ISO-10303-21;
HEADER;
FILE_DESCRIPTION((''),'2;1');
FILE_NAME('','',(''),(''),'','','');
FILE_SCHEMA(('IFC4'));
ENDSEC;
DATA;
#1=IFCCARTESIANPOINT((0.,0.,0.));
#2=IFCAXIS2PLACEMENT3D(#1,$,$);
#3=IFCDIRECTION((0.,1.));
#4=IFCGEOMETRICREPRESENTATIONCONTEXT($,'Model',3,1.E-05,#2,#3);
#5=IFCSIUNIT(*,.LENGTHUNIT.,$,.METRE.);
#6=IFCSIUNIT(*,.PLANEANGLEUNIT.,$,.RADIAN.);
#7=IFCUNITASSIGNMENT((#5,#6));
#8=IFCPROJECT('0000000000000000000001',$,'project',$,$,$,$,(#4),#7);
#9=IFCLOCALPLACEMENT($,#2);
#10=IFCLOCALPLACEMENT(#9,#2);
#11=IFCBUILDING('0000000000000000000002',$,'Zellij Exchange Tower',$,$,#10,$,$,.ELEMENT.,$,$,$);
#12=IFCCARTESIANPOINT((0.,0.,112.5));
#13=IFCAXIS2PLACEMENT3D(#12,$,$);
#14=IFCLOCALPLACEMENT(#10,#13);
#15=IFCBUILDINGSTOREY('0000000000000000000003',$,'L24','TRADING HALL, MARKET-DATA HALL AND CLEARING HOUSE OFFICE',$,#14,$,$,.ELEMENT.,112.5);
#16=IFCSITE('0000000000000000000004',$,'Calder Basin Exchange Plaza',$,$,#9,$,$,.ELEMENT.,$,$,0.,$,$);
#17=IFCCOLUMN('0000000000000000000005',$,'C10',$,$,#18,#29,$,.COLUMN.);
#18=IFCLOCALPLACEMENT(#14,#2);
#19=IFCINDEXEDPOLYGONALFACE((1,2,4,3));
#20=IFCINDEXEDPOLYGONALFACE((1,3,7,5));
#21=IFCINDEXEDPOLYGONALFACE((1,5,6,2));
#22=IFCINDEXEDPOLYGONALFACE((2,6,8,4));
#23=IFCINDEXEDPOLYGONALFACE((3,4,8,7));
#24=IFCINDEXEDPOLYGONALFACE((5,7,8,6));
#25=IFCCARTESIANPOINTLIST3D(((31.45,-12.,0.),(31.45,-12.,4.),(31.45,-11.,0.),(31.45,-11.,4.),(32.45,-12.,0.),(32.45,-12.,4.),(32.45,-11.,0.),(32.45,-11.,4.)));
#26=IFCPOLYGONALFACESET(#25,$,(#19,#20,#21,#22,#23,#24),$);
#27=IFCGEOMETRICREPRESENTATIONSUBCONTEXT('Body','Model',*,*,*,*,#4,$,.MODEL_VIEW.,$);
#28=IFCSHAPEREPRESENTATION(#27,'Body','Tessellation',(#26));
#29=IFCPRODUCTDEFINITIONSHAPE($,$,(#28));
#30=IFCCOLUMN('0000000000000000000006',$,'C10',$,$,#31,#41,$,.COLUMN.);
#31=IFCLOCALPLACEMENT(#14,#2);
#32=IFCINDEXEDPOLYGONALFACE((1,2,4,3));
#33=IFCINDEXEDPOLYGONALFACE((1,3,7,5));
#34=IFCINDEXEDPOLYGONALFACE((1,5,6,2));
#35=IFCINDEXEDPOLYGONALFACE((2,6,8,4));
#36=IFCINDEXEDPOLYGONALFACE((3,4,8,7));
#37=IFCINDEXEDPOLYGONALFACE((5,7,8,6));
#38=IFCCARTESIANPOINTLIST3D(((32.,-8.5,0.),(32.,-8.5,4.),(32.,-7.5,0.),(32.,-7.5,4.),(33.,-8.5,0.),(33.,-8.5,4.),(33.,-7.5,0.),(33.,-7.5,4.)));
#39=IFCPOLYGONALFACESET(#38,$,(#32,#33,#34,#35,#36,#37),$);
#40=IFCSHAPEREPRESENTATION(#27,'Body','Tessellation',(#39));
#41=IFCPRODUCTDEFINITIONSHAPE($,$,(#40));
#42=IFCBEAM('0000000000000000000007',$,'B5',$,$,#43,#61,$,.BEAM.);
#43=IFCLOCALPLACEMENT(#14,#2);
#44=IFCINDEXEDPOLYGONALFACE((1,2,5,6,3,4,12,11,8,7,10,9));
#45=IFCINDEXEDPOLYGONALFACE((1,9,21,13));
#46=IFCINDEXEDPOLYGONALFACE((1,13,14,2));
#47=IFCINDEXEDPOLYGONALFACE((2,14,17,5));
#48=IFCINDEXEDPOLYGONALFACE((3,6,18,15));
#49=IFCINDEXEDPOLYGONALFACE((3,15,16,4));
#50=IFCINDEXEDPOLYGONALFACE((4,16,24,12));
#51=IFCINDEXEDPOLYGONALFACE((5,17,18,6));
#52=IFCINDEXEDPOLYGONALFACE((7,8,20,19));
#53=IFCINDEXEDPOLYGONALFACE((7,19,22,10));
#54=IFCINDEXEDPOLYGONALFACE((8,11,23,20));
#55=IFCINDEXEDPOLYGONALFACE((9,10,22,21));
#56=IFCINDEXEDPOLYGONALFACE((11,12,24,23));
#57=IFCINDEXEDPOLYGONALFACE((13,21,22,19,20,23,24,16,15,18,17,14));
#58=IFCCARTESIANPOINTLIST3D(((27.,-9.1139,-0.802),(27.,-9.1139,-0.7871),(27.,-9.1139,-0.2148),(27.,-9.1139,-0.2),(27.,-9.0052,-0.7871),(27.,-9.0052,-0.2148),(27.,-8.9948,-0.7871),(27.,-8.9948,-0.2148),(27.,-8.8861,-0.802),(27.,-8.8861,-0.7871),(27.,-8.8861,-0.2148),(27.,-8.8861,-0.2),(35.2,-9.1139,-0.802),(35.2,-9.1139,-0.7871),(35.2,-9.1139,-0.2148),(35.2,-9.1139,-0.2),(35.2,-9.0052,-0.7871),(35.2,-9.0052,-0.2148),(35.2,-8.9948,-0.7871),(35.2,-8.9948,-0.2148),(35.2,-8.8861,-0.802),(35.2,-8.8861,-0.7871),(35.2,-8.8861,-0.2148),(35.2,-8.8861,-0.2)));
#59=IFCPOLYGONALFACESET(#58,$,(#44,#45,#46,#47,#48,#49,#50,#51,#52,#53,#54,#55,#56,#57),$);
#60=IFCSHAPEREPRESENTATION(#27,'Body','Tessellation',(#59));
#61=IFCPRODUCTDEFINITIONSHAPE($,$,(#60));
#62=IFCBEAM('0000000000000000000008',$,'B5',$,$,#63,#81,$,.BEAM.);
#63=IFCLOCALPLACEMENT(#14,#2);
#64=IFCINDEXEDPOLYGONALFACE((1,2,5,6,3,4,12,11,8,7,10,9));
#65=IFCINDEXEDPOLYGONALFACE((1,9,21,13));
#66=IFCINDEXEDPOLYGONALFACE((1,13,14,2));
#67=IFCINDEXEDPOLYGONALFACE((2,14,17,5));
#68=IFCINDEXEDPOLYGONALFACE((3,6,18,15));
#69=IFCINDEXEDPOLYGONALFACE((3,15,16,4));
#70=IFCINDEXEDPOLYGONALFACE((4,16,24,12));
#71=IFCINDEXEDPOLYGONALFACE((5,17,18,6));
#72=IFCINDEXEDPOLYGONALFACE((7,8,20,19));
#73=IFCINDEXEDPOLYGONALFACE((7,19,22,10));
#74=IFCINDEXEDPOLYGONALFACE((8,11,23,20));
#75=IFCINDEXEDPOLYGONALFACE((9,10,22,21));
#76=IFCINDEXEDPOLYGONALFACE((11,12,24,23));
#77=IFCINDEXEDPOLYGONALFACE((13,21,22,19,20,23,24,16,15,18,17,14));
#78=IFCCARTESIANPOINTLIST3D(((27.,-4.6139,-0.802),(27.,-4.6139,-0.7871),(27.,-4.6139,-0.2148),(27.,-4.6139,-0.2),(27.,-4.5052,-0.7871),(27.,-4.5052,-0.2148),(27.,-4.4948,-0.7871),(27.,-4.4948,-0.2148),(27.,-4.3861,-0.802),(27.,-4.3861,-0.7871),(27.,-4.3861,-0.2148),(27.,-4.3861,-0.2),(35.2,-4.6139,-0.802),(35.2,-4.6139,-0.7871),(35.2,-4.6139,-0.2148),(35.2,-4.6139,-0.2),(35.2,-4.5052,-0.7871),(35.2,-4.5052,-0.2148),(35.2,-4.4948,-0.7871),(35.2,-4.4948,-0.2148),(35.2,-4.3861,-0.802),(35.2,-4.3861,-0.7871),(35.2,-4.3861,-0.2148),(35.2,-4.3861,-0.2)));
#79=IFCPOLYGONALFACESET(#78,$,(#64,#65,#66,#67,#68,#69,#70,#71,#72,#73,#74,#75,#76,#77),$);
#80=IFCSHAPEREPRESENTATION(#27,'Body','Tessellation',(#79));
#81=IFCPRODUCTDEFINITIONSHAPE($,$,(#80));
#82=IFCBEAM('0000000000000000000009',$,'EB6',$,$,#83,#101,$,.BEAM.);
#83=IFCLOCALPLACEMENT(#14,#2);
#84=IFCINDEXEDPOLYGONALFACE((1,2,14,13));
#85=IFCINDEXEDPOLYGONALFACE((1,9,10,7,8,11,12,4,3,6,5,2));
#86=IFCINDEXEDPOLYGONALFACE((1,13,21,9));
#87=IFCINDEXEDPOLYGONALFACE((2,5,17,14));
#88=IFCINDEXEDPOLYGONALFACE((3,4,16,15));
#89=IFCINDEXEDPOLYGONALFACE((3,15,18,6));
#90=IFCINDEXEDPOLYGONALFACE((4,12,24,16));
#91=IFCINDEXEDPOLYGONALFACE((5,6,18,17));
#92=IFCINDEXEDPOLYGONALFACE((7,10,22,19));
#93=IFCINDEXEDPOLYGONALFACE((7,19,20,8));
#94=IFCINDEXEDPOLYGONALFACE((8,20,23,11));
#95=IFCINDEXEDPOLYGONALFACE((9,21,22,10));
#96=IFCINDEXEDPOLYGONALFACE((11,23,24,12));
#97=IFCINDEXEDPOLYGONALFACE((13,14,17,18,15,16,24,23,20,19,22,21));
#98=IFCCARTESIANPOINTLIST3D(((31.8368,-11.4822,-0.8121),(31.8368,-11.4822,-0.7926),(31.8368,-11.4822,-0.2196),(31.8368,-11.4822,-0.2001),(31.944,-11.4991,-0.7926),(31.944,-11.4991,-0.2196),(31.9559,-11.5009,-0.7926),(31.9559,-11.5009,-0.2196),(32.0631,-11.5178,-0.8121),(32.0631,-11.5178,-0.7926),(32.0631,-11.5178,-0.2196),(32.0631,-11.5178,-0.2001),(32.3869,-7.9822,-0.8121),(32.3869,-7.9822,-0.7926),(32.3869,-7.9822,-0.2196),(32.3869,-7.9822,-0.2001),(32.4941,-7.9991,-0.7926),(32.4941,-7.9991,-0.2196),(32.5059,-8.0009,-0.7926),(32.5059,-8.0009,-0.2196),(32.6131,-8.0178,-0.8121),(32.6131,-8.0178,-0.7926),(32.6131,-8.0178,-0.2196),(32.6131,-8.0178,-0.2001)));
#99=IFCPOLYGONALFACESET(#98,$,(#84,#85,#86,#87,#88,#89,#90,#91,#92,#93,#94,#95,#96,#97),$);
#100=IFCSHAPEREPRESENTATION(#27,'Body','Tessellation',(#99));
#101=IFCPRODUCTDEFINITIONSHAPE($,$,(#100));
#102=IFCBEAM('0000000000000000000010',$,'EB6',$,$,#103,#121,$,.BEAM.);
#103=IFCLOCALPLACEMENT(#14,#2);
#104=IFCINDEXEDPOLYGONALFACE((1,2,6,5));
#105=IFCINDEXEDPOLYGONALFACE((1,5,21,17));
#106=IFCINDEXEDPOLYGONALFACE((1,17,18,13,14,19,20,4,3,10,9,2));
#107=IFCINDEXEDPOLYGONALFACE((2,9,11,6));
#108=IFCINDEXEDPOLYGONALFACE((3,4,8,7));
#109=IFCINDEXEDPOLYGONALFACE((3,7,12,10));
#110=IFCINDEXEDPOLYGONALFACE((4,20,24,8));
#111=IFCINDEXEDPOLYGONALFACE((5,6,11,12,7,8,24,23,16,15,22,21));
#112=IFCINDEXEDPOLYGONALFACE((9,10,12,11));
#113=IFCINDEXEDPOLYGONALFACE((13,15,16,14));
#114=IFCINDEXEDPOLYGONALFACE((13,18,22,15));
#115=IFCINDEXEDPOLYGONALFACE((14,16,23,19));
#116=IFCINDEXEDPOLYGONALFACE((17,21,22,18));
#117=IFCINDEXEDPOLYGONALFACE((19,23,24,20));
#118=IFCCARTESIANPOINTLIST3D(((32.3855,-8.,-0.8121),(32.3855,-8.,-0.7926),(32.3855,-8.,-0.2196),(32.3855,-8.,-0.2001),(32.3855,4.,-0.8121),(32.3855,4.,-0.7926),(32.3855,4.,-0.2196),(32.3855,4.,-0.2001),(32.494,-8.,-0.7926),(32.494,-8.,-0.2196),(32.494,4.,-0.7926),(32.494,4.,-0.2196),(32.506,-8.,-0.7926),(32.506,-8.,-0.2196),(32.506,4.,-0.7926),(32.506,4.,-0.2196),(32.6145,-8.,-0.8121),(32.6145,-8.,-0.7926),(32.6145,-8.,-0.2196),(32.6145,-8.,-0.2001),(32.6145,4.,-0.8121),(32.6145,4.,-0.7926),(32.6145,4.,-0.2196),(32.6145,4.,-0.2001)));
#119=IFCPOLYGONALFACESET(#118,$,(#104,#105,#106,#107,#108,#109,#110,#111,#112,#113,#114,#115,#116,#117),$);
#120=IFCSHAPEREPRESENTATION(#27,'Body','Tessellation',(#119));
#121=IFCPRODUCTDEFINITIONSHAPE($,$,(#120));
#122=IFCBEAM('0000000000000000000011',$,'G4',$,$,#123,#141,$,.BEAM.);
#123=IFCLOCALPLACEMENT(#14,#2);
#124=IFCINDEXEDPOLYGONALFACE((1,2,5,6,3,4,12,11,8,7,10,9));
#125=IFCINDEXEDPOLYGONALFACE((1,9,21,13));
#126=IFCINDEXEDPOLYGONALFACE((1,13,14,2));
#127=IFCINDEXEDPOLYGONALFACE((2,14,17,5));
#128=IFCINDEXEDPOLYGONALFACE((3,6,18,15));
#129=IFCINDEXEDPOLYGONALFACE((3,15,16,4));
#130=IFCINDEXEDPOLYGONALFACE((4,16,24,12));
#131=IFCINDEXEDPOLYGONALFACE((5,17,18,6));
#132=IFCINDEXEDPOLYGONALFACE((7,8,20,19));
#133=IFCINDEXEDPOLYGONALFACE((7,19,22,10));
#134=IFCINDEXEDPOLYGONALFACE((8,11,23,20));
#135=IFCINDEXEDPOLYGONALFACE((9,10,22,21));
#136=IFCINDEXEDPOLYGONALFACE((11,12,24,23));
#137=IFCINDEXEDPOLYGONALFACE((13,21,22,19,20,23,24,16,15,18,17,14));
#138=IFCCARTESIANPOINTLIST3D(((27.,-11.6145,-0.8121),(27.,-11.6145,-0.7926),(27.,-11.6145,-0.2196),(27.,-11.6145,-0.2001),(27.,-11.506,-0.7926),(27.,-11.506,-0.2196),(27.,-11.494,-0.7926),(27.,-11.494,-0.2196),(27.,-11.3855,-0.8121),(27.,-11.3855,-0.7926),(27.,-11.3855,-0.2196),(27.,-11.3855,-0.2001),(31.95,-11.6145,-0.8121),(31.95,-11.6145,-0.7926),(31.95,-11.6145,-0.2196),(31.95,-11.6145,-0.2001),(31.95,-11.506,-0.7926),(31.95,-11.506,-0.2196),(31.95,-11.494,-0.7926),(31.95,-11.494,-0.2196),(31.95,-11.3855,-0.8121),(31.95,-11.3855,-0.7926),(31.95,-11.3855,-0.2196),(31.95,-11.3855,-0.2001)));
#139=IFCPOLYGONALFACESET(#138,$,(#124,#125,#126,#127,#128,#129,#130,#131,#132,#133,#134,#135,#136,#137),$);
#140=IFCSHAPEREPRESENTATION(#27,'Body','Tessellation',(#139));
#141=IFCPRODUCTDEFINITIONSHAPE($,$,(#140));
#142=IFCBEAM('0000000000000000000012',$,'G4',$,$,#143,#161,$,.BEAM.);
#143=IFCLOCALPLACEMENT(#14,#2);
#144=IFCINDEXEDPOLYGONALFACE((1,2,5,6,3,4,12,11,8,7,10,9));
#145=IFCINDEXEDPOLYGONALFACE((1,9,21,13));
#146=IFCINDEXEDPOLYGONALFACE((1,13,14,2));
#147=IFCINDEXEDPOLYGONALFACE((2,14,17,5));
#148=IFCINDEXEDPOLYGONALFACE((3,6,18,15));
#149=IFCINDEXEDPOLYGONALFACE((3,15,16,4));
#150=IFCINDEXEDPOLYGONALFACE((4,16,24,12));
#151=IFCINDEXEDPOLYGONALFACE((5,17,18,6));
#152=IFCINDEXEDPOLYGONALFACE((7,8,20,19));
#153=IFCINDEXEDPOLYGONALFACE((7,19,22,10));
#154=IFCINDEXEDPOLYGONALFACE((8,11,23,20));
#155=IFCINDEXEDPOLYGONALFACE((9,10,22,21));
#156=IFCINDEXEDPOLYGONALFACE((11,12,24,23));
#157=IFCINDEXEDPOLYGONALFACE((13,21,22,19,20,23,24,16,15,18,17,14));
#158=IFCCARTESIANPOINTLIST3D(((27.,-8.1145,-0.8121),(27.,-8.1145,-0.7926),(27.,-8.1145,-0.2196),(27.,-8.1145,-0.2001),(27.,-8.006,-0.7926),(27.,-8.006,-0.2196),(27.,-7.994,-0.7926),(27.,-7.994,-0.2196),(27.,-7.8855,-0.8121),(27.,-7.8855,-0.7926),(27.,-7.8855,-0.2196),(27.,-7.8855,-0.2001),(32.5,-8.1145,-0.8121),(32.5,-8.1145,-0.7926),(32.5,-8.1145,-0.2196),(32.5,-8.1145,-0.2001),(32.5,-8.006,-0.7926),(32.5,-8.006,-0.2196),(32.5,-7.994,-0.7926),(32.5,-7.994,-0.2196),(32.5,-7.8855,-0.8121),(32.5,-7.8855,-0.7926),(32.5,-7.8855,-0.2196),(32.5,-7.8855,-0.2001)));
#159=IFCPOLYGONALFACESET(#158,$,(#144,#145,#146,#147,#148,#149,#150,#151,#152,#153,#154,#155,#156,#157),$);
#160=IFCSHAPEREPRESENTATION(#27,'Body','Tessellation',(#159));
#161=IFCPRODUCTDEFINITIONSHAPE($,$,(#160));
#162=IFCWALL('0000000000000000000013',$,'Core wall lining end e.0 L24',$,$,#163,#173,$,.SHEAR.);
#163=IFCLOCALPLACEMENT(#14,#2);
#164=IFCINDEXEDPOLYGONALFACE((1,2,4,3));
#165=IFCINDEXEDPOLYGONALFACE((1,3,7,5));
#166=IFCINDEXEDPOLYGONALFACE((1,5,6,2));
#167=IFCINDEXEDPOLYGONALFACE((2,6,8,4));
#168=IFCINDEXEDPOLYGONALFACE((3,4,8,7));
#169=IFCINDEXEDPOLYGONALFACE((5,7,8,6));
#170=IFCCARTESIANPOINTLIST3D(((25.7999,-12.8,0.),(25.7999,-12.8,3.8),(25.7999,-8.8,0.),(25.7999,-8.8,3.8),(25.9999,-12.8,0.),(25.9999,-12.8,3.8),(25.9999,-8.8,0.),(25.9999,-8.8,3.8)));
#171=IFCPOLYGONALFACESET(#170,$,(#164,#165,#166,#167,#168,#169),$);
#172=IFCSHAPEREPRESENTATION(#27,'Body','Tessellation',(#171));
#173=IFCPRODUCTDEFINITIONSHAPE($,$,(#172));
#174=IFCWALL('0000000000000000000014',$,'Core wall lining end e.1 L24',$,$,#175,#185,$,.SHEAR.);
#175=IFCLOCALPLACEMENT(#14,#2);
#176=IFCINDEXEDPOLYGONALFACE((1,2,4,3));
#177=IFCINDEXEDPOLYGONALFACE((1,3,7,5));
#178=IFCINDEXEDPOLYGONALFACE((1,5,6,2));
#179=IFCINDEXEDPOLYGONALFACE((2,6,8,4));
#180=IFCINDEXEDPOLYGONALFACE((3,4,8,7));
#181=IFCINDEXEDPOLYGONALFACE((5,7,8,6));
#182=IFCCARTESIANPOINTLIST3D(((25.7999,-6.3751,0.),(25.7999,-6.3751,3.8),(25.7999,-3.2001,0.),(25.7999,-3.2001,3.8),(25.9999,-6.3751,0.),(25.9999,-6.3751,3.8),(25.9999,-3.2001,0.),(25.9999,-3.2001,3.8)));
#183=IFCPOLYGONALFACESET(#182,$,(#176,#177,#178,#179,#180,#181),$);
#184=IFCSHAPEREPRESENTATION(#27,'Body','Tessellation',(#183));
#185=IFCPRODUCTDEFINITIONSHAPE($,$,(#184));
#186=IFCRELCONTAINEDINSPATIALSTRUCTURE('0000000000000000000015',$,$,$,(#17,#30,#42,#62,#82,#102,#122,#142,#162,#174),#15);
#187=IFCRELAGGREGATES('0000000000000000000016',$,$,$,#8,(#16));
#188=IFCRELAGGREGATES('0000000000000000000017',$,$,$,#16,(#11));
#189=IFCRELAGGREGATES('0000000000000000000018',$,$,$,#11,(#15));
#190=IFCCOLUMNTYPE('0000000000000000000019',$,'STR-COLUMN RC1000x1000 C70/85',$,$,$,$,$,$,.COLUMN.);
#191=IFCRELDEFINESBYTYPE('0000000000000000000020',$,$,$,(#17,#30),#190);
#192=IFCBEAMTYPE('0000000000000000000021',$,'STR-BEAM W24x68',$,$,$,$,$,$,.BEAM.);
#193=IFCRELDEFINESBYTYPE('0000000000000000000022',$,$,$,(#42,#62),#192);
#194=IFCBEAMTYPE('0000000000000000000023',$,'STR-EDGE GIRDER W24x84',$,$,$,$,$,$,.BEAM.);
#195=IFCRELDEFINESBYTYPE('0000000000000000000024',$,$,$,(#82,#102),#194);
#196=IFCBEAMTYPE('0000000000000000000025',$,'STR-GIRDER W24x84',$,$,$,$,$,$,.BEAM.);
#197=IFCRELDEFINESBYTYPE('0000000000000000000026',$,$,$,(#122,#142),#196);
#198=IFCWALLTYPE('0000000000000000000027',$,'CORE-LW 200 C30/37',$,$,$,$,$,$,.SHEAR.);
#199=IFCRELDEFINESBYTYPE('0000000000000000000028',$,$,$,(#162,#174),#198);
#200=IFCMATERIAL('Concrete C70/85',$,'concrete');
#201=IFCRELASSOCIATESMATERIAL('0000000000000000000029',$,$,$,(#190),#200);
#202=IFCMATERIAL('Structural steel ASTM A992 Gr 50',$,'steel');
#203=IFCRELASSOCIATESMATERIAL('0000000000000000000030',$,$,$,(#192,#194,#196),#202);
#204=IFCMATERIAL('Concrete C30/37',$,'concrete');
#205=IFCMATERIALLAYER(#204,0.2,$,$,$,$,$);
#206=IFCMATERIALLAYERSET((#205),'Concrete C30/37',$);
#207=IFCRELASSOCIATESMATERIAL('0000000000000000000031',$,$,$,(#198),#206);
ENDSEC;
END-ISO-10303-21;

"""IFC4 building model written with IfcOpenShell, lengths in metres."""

from ifc_helpers import new_model, si_unit, direction, frame, frame_2d, origin, origin_2d, place, context, subcontext, project, spatial, rectangle, i_section, extrude, material, layer, layer_set, material_profile, profile_set, type_object, element, save


model = new_model("IFC4")

# Units and contexts
model_context = context("Model", 3, precision=1e-05, world=origin(), true_north=direction((0.0, 1.0)))
body_context = subcontext(model_context, "Body", "Model", "MODEL_VIEW")
ifc_project = project(units=[si_unit("LENGTHUNIT", "METRE"), si_unit("PLANEANGLEUNIT", "RADIAN")], contexts=[model_context])

# Site, building, storey
site_placement = place(None, origin())
site = spatial("IfcSite", under=ifc_project, at=site_placement, Name="Calder Basin Exchange Plaza", CompositionType="ELEMENT", RefElevation=0.0)
building_placement = place(site_placement, origin())
building = spatial("IfcBuilding", under=site, at=building_placement, Name="Zellij Exchange Tower", CompositionType="ELEMENT")
storey_placement = place(building_placement, frame((0.0, 0.0, 112.5)))
storey = spatial("IfcBuildingStorey", under=building, at=storey_placement, Name="L24", Description="TRADING HALL, MARKET-DATA HALL AND CLEARING HOUSE OFFICE", CompositionType="ELEMENT", Elevation=112.5)

# Columns
ifc_material_1 = material(Name="Concrete C70/85", Category="concrete")
ifc_material_profile_1 = material_profile(ifc_material_1, rectangle(XDim=1.0, YDim=1.0, at=origin_2d()), Name="STR-COLUMN RC1000x1000 C70/85")
ifc_profile_set_1 = profile_set([ifc_material_profile_1], Name="Concrete C70/85")
column_type = type_object("IfcColumnType", Name="STR-COLUMN RC1000x1000 C70/85", PredefinedType="COLUMN", material=ifc_profile_set_1)
for number, where, z_axis, x_axis, name in (
    (1, (31.95, -11.5, 0.0), (0.0, 0.0, 1.0), (1.0, 0.0, 0.0), "C10"),
    (2, (32.5, -8.0, 0.0), (0.0, 0.0, 1.0), (1.0, 0.0, 0.0), "C10"),
):
    element("IfcColumn", number, at=place(storey_placement, frame(where, z_axis=z_axis, x_axis=x_axis)), inside=storey, type_object=column_type, Name=name, PredefinedType="COLUMN", context=body_context, shape_type="SweptSolid", body=[
        extrude(rectangle(XDim=1.0, YDim=1.0, at=origin_2d()), origin(), (0.0, 0.0, 1.0), 4.0),
    ])

# Beams
ifc_material_2 = material(Name="Structural steel ASTM A992 Gr 50", Category="steel")
ifc_material_profile_2 = material_profile(ifc_material_2, i_section(OverallWidth=0.2278, OverallDepth=0.6021, WebThickness=0.0105, FlangeThickness=0.0149, at=origin_2d()), Name="W24x68")
ifc_profile_set_2 = profile_set([ifc_material_profile_2], Name="Structural steel ASTM A992 Gr 50")
beam_type_1 = type_object("IfcBeamType", Name="STR-BEAM W24x68", PredefinedType="BEAM", material=ifc_profile_set_2)
for number, where, z_axis, x_axis, name in (
    (3, (27.0, -9.0, -0.501), (1.0, 0.0, 0.0), (0.0, 1.0, 0.0), "B5"),
    (4, (27.0, -4.5, -0.501), (1.0, 0.0, 0.0), (0.0, 1.0, 0.0), "B5"),
):
    element("IfcBeam", number, at=place(storey_placement, frame(where, z_axis=z_axis, x_axis=x_axis)), inside=storey, type_object=beam_type_1, Name=name, PredefinedType="BEAM", context=body_context, shape_type="SweptSolid", body=[
        extrude(i_section(OverallWidth=0.2278, OverallDepth=0.6021, WebThickness=0.0105, FlangeThickness=0.0149, at=origin_2d()), origin(), (0.0, 0.0, 1.0), 8.2),
    ])
ifc_material_profile_3 = material_profile(ifc_material_2, i_section(OverallWidth=0.229, OverallDepth=0.6121, WebThickness=0.012, FlangeThickness=0.0195, at=origin_2d()), Name="W24x84")
ifc_profile_set_3 = profile_set([ifc_material_profile_3], Name="Structural steel ASTM A992 Gr 50")
beam_type_2 = type_object("IfcBeamType", Name="STR-EDGE GIRDER W24x84", PredefinedType="BEAM", material=ifc_profile_set_3)
beam_1_placement = place(storey_placement, frame((31.95, -11.5, -0.5061), z_axis=(0.155251, 0.987875, 0.0), x_axis=(-0.987875, 0.155251, 0.0)))
element("IfcBeam", 5, at=beam_1_placement, inside=storey, type_object=beam_type_2, Name="EB6", PredefinedType="BEAM", context=body_context, shape_type="SweptSolid", body=[
    extrude(i_section(OverallWidth=0.229, OverallDepth=0.6121, WebThickness=0.012, FlangeThickness=0.0195, at=origin_2d()), origin(), (0.0, 0.0, 1.0), 3.543),
])
beam_2_placement = place(storey_placement, frame((32.5, -8.0, -0.5061), z_axis=(0.0, 1.0, 0.0), x_axis=(-1.0, 0.0, 0.0)))
element("IfcBeam", 6, at=beam_2_placement, inside=storey, type_object=beam_type_2, Name="EB6", PredefinedType="BEAM", context=body_context, shape_type="SweptSolid", body=[
    extrude(i_section(OverallWidth=0.229, OverallDepth=0.6121, WebThickness=0.012, FlangeThickness=0.0195, at=origin_2d()), origin(), (0.0, 0.0, 1.0), 12.0),
])
ifc_material_profile_4 = material_profile(ifc_material_2, i_section(OverallWidth=0.229, OverallDepth=0.6121, WebThickness=0.012, FlangeThickness=0.0195, at=origin_2d()), Name="W24x84")
ifc_profile_set_4 = profile_set([ifc_material_profile_4], Name="Structural steel ASTM A992 Gr 50")
beam_type_3 = type_object("IfcBeamType", Name="STR-GIRDER W24x84", PredefinedType="BEAM", material=ifc_profile_set_4)
beam_3_placement = place(storey_placement, frame((27.0, -11.5, -0.5061), z_axis=(1.0, 0.0, 0.0), x_axis=(0.0, 1.0, 0.0)))
element("IfcBeam", 7, at=beam_3_placement, inside=storey, type_object=beam_type_3, Name="G4", PredefinedType="BEAM", context=body_context, shape_type="SweptSolid", body=[
    extrude(i_section(OverallWidth=0.229, OverallDepth=0.6121, WebThickness=0.012, FlangeThickness=0.0195, at=origin_2d()), origin(), (0.0, 0.0, 1.0), 4.95),
])
beam_4_placement = place(storey_placement, frame((27.0, -8.0, -0.5061), z_axis=(1.0, 0.0, 0.0), x_axis=(0.0, 1.0, 0.0)))
element("IfcBeam", 8, at=beam_4_placement, inside=storey, type_object=beam_type_3, Name="G4", PredefinedType="BEAM", context=body_context, shape_type="SweptSolid", body=[
    extrude(i_section(OverallWidth=0.229, OverallDepth=0.6121, WebThickness=0.012, FlangeThickness=0.0195, at=origin_2d()), origin(), (0.0, 0.0, 1.0), 5.5),
])

# Walls
ifc_material_3 = material(Name="Concrete C30/37", Category="concrete")
ifc_layer_1 = layer(ifc_material_3, 0.2)
ifc_layer_set_1 = layer_set([ifc_layer_1], Name="Concrete C30/37")
wall_type_1 = type_object("IfcWallType", Name="CORE-LW 200 C30/37", PredefinedType="SHEAR", material=ifc_layer_set_1)
wall_1_placement = place(storey_placement, frame((25.8999, -12.8, 0.0), z_axis=(0.0, 0.0, 1.0), x_axis=(0.0, 1.0, 0.0)))
element("IfcWall", 9, at=wall_1_placement, inside=storey, type_object=wall_type_1, Name="Core wall lining end e.0 L24", PredefinedType="SHEAR", context=body_context, shape_type="SweptSolid", body=[
    extrude(rectangle(XDim=4.0, YDim=0.2, at=frame_2d((2.0, 0.0))), origin(), (0.0, 0.0, 1.0), 3.8),
])
wall_2_placement = place(storey_placement, frame((25.8999, -6.375, 0.0), z_axis=(0.0, 0.0, 1.0), x_axis=(0.0, 1.0, 0.0)))
element("IfcWall", 10, at=wall_2_placement, inside=storey, type_object=wall_type_1, Name="Core wall lining end e.1 L24", PredefinedType="SHEAR", context=body_context, shape_type="SweptSolid", body=[
    extrude(rectangle(XDim=3.175, YDim=0.2, at=frame_2d((1.5874, 0.0))), origin(), (0.0, 0.0, 1.0), 3.8),
])

save(model, "model.ifc")
